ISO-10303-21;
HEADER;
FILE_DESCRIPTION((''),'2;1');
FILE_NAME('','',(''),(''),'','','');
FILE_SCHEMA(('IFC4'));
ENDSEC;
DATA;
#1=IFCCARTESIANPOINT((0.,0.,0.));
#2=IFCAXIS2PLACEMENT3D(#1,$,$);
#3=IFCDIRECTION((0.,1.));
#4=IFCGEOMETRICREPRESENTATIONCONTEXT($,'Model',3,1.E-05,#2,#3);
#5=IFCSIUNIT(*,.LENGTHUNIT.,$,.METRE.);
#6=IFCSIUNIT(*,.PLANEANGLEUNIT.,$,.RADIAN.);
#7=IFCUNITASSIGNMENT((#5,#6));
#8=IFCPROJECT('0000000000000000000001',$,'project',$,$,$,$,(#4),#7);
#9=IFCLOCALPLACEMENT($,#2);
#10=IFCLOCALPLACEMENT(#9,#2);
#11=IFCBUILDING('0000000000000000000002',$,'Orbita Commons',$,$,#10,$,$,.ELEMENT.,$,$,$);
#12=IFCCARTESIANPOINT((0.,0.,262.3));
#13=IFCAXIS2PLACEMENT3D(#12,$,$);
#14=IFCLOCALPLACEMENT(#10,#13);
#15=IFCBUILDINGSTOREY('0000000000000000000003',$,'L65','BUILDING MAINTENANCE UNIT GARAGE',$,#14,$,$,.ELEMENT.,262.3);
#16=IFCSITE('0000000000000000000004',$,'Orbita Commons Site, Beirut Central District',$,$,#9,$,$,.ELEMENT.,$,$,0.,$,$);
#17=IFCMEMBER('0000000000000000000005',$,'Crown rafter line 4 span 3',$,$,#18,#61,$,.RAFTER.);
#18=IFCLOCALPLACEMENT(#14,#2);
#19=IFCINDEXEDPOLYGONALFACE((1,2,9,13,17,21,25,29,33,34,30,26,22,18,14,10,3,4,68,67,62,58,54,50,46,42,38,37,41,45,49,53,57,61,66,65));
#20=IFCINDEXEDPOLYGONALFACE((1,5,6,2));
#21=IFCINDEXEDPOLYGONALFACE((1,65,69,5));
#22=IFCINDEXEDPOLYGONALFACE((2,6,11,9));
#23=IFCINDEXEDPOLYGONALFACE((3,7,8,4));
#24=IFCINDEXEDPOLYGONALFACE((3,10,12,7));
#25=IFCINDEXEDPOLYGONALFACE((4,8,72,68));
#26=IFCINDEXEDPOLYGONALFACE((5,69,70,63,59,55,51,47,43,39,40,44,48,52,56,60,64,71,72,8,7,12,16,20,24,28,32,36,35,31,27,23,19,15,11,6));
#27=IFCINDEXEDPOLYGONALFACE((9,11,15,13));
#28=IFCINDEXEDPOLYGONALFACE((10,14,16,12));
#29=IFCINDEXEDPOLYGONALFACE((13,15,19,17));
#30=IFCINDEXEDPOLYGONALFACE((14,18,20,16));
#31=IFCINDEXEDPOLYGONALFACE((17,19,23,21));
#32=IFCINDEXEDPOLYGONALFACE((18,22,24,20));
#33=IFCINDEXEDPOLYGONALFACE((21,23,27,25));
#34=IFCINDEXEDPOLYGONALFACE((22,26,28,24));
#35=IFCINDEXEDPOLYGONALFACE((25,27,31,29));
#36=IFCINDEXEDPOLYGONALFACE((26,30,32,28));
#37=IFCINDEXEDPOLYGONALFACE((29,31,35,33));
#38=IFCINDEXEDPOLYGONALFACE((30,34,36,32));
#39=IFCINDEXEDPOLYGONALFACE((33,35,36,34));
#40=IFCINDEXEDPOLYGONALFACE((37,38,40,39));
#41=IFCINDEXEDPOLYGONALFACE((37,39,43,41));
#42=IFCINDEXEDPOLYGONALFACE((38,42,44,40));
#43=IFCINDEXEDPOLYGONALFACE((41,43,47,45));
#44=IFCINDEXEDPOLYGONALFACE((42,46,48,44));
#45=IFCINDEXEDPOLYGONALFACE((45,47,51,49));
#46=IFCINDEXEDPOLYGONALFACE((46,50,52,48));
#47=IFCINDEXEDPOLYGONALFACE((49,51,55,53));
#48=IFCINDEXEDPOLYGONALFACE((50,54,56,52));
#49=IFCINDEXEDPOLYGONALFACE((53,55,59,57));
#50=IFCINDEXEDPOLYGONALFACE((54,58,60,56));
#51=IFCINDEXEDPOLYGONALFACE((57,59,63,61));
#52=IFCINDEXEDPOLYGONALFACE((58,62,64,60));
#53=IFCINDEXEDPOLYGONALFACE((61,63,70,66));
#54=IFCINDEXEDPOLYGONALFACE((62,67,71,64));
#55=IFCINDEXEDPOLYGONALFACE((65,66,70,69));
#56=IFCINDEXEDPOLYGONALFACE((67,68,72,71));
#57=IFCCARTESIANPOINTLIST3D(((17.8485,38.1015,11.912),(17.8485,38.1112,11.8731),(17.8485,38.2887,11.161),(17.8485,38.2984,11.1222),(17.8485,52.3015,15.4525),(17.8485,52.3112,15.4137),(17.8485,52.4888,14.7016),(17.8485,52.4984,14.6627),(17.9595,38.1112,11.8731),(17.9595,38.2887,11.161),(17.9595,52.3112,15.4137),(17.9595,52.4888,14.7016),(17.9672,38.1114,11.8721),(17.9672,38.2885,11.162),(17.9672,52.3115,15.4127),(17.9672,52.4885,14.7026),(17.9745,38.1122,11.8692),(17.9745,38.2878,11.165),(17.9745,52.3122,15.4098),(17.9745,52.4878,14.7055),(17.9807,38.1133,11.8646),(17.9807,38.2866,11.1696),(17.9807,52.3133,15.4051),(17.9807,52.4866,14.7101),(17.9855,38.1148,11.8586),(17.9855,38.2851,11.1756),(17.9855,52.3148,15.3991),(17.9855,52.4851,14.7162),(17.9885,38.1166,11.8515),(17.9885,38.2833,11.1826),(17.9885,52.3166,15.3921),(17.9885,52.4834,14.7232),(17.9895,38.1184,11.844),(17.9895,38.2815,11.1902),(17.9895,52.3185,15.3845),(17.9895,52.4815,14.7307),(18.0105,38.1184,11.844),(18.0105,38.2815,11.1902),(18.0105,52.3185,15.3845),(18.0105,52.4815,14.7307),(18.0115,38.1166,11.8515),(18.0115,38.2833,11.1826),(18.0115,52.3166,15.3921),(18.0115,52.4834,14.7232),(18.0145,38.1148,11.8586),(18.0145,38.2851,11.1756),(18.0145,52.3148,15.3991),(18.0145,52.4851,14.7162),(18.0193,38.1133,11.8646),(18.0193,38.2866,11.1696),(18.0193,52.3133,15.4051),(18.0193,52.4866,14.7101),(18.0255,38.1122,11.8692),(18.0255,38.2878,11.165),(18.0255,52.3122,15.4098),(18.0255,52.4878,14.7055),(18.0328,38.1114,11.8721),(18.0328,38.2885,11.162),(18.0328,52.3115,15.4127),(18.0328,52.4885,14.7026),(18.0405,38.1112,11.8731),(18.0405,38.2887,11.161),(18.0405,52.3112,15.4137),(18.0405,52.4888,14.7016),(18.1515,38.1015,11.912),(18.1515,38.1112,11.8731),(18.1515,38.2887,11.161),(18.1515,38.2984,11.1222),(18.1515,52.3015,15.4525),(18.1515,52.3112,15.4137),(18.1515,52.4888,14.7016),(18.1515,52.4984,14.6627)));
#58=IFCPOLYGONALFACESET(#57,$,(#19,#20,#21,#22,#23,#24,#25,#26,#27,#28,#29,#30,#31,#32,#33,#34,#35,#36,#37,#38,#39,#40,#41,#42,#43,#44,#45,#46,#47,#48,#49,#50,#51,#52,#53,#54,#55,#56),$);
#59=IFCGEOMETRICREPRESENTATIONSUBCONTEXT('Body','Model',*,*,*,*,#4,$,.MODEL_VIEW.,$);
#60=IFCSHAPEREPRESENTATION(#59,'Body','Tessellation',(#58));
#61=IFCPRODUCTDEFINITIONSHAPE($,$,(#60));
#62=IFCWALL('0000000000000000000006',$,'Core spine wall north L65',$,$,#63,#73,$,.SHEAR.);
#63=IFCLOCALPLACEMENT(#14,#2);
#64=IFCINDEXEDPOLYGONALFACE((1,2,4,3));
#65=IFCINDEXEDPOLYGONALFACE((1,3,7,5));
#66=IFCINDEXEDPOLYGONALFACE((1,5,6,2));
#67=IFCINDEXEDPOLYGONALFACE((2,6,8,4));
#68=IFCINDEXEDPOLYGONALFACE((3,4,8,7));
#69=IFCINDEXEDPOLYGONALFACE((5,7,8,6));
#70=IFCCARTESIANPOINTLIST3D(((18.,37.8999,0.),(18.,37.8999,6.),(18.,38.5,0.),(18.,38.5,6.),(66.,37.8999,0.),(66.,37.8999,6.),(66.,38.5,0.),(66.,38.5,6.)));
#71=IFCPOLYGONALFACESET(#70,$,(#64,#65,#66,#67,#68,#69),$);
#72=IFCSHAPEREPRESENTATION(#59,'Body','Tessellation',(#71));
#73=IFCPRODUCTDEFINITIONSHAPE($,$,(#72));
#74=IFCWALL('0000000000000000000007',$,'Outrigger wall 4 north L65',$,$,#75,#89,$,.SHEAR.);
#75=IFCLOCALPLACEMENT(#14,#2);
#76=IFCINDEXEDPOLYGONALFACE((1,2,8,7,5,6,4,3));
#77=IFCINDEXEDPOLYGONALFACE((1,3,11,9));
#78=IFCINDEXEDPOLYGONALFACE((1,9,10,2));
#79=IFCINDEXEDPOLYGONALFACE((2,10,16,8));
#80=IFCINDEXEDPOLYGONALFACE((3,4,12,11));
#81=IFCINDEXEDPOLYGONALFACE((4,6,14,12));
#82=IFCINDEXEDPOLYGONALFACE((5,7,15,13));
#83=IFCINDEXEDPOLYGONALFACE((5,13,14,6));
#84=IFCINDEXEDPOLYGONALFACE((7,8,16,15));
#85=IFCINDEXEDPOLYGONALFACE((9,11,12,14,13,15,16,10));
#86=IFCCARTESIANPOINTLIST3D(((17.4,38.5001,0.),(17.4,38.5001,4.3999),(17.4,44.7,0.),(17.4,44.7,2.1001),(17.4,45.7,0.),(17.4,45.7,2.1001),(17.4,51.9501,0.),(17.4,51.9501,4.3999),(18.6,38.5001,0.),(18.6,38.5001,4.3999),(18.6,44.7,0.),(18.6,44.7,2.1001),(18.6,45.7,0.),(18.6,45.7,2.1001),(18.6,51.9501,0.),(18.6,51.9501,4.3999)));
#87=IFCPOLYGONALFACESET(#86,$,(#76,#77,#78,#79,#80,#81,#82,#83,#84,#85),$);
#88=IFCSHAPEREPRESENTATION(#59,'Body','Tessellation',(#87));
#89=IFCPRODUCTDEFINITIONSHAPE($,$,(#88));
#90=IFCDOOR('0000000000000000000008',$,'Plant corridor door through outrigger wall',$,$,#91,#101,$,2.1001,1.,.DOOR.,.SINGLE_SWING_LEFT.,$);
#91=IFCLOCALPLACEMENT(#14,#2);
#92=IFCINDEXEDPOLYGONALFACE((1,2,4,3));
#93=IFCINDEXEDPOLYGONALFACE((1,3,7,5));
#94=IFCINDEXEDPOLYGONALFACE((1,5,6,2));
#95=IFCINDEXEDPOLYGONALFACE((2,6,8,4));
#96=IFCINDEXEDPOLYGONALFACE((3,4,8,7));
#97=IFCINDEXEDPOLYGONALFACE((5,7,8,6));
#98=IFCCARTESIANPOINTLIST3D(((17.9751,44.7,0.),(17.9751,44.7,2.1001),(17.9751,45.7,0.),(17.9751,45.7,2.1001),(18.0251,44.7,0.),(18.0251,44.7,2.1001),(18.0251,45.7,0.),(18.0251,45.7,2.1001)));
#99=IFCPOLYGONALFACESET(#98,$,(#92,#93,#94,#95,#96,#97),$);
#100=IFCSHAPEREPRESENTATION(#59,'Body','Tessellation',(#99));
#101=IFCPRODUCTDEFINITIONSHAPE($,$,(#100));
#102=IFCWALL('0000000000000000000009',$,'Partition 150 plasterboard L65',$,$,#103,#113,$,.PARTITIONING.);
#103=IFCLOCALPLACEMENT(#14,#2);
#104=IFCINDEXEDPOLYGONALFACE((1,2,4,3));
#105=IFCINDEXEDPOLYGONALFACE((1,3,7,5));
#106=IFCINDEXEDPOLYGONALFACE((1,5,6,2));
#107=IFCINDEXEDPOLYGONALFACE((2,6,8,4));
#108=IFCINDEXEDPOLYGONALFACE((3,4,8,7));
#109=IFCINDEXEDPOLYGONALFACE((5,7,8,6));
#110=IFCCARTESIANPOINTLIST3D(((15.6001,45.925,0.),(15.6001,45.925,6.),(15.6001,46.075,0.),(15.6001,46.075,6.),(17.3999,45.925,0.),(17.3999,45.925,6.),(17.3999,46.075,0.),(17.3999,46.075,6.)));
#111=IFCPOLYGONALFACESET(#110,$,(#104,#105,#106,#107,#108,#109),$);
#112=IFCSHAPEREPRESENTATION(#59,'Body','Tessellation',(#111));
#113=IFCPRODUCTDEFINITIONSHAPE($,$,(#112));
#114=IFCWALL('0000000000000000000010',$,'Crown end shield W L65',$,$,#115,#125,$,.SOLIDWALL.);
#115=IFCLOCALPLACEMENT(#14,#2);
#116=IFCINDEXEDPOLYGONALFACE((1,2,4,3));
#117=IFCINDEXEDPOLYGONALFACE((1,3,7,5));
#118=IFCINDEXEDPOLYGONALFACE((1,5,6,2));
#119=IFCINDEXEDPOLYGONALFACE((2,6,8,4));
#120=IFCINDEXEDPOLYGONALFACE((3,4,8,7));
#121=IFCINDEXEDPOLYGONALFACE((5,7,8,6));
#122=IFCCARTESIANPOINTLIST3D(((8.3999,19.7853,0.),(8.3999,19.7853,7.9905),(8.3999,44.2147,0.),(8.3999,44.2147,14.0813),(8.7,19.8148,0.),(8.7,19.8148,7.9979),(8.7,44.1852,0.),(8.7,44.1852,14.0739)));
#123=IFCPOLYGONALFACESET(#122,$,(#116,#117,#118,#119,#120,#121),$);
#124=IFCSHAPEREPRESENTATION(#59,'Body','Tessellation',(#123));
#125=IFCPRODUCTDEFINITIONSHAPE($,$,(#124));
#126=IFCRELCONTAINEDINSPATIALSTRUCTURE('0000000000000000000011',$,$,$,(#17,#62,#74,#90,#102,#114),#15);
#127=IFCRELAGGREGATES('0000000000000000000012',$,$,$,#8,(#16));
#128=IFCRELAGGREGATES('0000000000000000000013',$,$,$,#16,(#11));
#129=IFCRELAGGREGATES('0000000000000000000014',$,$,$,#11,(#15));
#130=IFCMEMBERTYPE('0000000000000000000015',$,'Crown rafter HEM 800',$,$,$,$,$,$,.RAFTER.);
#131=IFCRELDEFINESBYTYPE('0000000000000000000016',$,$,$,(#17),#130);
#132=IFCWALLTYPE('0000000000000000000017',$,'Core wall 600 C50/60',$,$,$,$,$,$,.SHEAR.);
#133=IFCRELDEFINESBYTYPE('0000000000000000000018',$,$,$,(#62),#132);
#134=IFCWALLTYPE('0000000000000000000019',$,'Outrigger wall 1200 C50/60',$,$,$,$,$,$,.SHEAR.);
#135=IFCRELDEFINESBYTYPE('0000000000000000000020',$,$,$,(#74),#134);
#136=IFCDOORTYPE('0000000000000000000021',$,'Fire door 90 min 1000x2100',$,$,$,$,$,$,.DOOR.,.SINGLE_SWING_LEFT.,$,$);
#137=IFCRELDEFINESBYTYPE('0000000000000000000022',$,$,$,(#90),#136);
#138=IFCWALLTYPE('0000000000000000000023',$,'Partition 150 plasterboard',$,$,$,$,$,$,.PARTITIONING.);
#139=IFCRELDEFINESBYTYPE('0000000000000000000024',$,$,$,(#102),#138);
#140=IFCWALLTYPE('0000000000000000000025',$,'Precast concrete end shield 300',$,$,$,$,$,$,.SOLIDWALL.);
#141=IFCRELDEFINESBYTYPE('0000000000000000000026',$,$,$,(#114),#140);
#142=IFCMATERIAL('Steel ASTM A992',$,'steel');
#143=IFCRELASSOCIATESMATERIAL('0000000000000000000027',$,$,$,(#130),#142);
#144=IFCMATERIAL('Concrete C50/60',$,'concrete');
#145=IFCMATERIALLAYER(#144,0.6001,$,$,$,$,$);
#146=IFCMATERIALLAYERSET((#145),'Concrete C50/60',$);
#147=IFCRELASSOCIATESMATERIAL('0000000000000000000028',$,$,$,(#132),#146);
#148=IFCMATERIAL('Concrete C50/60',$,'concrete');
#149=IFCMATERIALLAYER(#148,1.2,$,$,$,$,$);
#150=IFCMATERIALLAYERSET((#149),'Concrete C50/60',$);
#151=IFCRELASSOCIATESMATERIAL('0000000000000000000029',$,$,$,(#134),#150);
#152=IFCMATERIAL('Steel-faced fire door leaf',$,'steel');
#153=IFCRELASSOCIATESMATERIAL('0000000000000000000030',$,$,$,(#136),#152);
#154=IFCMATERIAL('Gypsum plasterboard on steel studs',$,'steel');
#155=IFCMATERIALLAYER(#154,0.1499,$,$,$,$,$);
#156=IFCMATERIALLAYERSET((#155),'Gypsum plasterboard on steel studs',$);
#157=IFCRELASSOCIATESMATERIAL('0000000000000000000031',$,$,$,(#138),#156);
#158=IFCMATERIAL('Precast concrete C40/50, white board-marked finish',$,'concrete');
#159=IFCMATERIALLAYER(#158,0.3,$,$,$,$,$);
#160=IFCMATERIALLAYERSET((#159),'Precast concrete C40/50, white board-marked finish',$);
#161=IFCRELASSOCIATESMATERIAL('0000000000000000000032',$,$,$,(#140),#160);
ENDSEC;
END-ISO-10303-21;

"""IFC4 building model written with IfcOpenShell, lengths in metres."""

from ifc_helpers import new_model, si_unit, direction, frame, frame_2d, origin, origin_2d, place, context, subcontext, project, spatial, polyline, rectangle, i_section, outline, extrude, clip, halfspace, material, layer, layer_set, material_profile, profile_set, type_object, element, fill, save


model = new_model("IFC4")

# Units and contexts
model_context = context("Model", 3, precision=1e-05, world=origin(), true_north=direction((0.0, 1.0)))
body_context = subcontext(model_context, "Body", "Model", "MODEL_VIEW")
ifc_project = project(units=[si_unit("LENGTHUNIT", "METRE"), si_unit("PLANEANGLEUNIT", "RADIAN")], contexts=[model_context])

# Site, building, storey
site_placement = place(None, origin())
site = spatial("IfcSite", under=ifc_project, at=site_placement, Name="Orbita Commons Site, Beirut Central District", CompositionType="ELEMENT", RefElevation=0.0)
building_placement = place(site_placement, origin())
building = spatial("IfcBuilding", under=site, at=building_placement, Name="Orbita Commons", CompositionType="ELEMENT")
storey_placement = place(building_placement, frame((0.0, 0.0, 262.3)))
storey = spatial("IfcBuildingStorey", under=building, at=storey_placement, Name="L65", Description="BUILDING MAINTENANCE UNIT GARAGE", CompositionType="ELEMENT", Elevation=262.3)

# Member
ifc_material_1 = material(Name="Steel ASTM A992", Category="steel")
ifc_material_profile_1 = material_profile(ifc_material_1, i_section(OverallWidth=0.303, OverallDepth=0.814, WebThickness=0.021, FlangeThickness=0.04, FilletRadius=0.03, at=origin_2d()), Name="HEM 800")
ifc_profile_set_1 = profile_set([ifc_material_profile_1], Name="Steel ASTM A992")
member_type_1 = type_object("IfcMemberType", Name="Crown rafter HEM 800", PredefinedType="RAFTER", material=ifc_profile_set_1)
member_1_placement = place(storey_placement, frame((18.0, 38.2, 11.5171), z_axis=(0.0, 0.970294, 0.241927), x_axis=(-1.0, 0.0, 0.0)))
element("IfcMember", 1, at=member_1_placement, inside=storey, type_object=member_type_1, Name="Crown rafter line 4 span 3", PredefinedType="RAFTER", context=body_context, shape_type="SweptSolid", body=[
    extrude(i_section(OverallWidth=0.303, OverallDepth=0.814, WebThickness=0.021, FlangeThickness=0.04, FilletRadius=0.03, at=origin_2d()), origin(), (0.0, 0.0, 1.0), 14.6348),
])

# Wall
ifc_material_2 = material(Name="Concrete C50/60", Category="concrete")
ifc_layer_1 = layer(ifc_material_2, 0.6001)
ifc_layer_set_1 = layer_set([ifc_layer_1], Name="Concrete C50/60")
wall_type_1 = type_object("IfcWallType", Name="Core wall 600 C50/60", PredefinedType="SHEAR", material=ifc_layer_set_1)
wall_1_placement = place(storey_placement, frame((18.0, 38.2, 0.0), z_axis=(0.0, 0.0, 1.0), x_axis=(1.0, 0.0, 0.0)))
element("IfcWall", 2, at=wall_1_placement, inside=storey, type_object=wall_type_1, Name="Core spine wall north L65", PredefinedType="SHEAR", context=body_context, shape_type="SweptSolid", body=[
    extrude(rectangle(XDim=48.0, YDim=0.6001, at=frame_2d((24.0, 0.0))), origin(), (0.0, 0.0, 1.0), 6.0),
])

# Wall, opening, door
ifc_material_3 = material(Name="Concrete C50/60", Category="concrete")
ifc_layer_2 = layer(ifc_material_3, 1.2)
ifc_layer_set_2 = layer_set([ifc_layer_2], Name="Concrete C50/60")
wall_type_2 = type_object("IfcWallType", Name="Outrigger wall 1200 C50/60", PredefinedType="SHEAR", material=ifc_layer_set_2)
wall_2_placement = place(storey_placement, frame((18.0, 38.5, 0.0), z_axis=(0.0, 0.0, 1.0), x_axis=(0.0, 1.0, 0.0)))
wall_2 = element("IfcWall", 3, at=wall_2_placement, inside=storey, type_object=wall_type_2, Name="Outrigger wall 4 north L65", PredefinedType="SHEAR", context=body_context, shape_type="SweptSolid", body=[
    extrude(rectangle(XDim=13.45, YDim=1.2, at=frame_2d((6.7251, 0.0))), origin(), (0.0, 0.0, 1.0), 4.3999),
])
opening_placement = place(wall_2_placement, frame((6.2, 0.0, 0.0)))
opening = element("IfcOpeningElement", 4, at=opening_placement, cuts=wall_2, PredefinedType="OPENING", context=body_context, shape_type="SweptSolid", body=[
    extrude(rectangle(XDim=1.0, YDim=2.1001, at=frame_2d((0.5, 1.05))), frame((0.0, 0.6099, 0.0), z_axis=(0.0, -1.0, 0.0), x_axis=(1.0, 0.0, 0.0)), (0.0, 0.0, 1.0), 1.22),
])
ifc_material_4 = material(Name="Steel-faced fire door leaf", Category="steel")
door_type = type_object("IfcDoorType", Name="Fire door 90 min 1000x2100", OperationType="SINGLE_SWING_LEFT", PredefinedType="DOOR", material=ifc_material_4)
door_placement = place(opening_placement, origin())
door = element("IfcDoor", 5, at=door_placement, inside=storey, type_object=door_type, Name="Plant corridor door through outrigger wall", OperationType="SINGLE_SWING_LEFT", OverallHeight=2.1001, OverallWidth=1.0, PredefinedType="DOOR", context=body_context, shape_type="SweptSolid", body=[
    extrude(rectangle(XDim=1.0, YDim=2.1001, at=frame_2d((0.5, 1.05))), frame((0.0, 0.0249, 0.0), z_axis=(0.0, -1.0, 0.0), x_axis=(1.0, 0.0, 0.0)), (0.0, 0.0, 1.0), 0.05),
])
fill(opening, door)

# Walls
ifc_material_5 = material(Name="Gypsum plasterboard on steel studs", Category="steel")
ifc_layer_3 = layer(ifc_material_5, 0.1499)
ifc_layer_set_3 = layer_set([ifc_layer_3], Name="Gypsum plasterboard on steel studs")
wall_type_3 = type_object("IfcWallType", Name="Partition 150 plasterboard", PredefinedType="PARTITIONING", material=ifc_layer_set_3)
wall_3_placement = place(storey_placement, frame((15.6001, 46.0, 0.0), z_axis=(0.0, 0.0, 1.0), x_axis=(1.0, 0.0, 0.0)))
element("IfcWall", 6, at=wall_3_placement, inside=storey, type_object=wall_type_3, Name="Partition 150 plasterboard L65", PredefinedType="PARTITIONING", context=body_context, shape_type="SweptSolid", body=[
    extrude(rectangle(XDim=1.7998, YDim=0.1499, at=frame_2d((0.8999, 0.0))), origin(), (0.0, 0.0, 1.0), 6.0),
])
ifc_material_6 = material(Name="Precast concrete C40/50, white board-marked finish", Category="concrete")
ifc_layer_4 = layer(ifc_material_6, 0.3)
ifc_layer_set_4 = layer_set([ifc_layer_4], Name="Precast concrete C40/50, white board-marked finish")
wall_type_4 = type_object("IfcWallType", Name="Precast concrete end shield 300", PredefinedType="SOLIDWALL", material=ifc_layer_set_4)
wall_4_placement = place(storey_placement, frame((8.55, 44.2, 0.0), z_axis=(0.0, 0.0, 1.0), x_axis=(0.0, -1.0, 0.0)))
element("IfcWall", 7, at=wall_4_placement, inside=storey, type_object=wall_type_4, Name="Crown end shield W L65", PredefinedType="SOLIDWALL", context=body_context, shape_type="Clipping", body=[
    clip(clip(extrude(outline(polyline([(-0.0247, 0.0), (24.4246, 0.0), (24.4246, 7.988), (-0.0247, 14.0837), (-0.0247, 0.0)])), frame((0.0, 0.1499, 0.0), z_axis=(0.0, -1.0, 0.0), x_axis=(1.0, 0.0, 0.0)), (0.0, 0.0, 1.0), 0.3), halfspace(frame((0.0, 0.0, 0.0), z_axis=(-0.995185, 0.098017, 0.0)), False)), halfspace(frame((24.3999, 0.0, 0.0), z_axis=(0.995185, 0.098017, 0.0)), False)),
])

save(model, "model.ifc")
